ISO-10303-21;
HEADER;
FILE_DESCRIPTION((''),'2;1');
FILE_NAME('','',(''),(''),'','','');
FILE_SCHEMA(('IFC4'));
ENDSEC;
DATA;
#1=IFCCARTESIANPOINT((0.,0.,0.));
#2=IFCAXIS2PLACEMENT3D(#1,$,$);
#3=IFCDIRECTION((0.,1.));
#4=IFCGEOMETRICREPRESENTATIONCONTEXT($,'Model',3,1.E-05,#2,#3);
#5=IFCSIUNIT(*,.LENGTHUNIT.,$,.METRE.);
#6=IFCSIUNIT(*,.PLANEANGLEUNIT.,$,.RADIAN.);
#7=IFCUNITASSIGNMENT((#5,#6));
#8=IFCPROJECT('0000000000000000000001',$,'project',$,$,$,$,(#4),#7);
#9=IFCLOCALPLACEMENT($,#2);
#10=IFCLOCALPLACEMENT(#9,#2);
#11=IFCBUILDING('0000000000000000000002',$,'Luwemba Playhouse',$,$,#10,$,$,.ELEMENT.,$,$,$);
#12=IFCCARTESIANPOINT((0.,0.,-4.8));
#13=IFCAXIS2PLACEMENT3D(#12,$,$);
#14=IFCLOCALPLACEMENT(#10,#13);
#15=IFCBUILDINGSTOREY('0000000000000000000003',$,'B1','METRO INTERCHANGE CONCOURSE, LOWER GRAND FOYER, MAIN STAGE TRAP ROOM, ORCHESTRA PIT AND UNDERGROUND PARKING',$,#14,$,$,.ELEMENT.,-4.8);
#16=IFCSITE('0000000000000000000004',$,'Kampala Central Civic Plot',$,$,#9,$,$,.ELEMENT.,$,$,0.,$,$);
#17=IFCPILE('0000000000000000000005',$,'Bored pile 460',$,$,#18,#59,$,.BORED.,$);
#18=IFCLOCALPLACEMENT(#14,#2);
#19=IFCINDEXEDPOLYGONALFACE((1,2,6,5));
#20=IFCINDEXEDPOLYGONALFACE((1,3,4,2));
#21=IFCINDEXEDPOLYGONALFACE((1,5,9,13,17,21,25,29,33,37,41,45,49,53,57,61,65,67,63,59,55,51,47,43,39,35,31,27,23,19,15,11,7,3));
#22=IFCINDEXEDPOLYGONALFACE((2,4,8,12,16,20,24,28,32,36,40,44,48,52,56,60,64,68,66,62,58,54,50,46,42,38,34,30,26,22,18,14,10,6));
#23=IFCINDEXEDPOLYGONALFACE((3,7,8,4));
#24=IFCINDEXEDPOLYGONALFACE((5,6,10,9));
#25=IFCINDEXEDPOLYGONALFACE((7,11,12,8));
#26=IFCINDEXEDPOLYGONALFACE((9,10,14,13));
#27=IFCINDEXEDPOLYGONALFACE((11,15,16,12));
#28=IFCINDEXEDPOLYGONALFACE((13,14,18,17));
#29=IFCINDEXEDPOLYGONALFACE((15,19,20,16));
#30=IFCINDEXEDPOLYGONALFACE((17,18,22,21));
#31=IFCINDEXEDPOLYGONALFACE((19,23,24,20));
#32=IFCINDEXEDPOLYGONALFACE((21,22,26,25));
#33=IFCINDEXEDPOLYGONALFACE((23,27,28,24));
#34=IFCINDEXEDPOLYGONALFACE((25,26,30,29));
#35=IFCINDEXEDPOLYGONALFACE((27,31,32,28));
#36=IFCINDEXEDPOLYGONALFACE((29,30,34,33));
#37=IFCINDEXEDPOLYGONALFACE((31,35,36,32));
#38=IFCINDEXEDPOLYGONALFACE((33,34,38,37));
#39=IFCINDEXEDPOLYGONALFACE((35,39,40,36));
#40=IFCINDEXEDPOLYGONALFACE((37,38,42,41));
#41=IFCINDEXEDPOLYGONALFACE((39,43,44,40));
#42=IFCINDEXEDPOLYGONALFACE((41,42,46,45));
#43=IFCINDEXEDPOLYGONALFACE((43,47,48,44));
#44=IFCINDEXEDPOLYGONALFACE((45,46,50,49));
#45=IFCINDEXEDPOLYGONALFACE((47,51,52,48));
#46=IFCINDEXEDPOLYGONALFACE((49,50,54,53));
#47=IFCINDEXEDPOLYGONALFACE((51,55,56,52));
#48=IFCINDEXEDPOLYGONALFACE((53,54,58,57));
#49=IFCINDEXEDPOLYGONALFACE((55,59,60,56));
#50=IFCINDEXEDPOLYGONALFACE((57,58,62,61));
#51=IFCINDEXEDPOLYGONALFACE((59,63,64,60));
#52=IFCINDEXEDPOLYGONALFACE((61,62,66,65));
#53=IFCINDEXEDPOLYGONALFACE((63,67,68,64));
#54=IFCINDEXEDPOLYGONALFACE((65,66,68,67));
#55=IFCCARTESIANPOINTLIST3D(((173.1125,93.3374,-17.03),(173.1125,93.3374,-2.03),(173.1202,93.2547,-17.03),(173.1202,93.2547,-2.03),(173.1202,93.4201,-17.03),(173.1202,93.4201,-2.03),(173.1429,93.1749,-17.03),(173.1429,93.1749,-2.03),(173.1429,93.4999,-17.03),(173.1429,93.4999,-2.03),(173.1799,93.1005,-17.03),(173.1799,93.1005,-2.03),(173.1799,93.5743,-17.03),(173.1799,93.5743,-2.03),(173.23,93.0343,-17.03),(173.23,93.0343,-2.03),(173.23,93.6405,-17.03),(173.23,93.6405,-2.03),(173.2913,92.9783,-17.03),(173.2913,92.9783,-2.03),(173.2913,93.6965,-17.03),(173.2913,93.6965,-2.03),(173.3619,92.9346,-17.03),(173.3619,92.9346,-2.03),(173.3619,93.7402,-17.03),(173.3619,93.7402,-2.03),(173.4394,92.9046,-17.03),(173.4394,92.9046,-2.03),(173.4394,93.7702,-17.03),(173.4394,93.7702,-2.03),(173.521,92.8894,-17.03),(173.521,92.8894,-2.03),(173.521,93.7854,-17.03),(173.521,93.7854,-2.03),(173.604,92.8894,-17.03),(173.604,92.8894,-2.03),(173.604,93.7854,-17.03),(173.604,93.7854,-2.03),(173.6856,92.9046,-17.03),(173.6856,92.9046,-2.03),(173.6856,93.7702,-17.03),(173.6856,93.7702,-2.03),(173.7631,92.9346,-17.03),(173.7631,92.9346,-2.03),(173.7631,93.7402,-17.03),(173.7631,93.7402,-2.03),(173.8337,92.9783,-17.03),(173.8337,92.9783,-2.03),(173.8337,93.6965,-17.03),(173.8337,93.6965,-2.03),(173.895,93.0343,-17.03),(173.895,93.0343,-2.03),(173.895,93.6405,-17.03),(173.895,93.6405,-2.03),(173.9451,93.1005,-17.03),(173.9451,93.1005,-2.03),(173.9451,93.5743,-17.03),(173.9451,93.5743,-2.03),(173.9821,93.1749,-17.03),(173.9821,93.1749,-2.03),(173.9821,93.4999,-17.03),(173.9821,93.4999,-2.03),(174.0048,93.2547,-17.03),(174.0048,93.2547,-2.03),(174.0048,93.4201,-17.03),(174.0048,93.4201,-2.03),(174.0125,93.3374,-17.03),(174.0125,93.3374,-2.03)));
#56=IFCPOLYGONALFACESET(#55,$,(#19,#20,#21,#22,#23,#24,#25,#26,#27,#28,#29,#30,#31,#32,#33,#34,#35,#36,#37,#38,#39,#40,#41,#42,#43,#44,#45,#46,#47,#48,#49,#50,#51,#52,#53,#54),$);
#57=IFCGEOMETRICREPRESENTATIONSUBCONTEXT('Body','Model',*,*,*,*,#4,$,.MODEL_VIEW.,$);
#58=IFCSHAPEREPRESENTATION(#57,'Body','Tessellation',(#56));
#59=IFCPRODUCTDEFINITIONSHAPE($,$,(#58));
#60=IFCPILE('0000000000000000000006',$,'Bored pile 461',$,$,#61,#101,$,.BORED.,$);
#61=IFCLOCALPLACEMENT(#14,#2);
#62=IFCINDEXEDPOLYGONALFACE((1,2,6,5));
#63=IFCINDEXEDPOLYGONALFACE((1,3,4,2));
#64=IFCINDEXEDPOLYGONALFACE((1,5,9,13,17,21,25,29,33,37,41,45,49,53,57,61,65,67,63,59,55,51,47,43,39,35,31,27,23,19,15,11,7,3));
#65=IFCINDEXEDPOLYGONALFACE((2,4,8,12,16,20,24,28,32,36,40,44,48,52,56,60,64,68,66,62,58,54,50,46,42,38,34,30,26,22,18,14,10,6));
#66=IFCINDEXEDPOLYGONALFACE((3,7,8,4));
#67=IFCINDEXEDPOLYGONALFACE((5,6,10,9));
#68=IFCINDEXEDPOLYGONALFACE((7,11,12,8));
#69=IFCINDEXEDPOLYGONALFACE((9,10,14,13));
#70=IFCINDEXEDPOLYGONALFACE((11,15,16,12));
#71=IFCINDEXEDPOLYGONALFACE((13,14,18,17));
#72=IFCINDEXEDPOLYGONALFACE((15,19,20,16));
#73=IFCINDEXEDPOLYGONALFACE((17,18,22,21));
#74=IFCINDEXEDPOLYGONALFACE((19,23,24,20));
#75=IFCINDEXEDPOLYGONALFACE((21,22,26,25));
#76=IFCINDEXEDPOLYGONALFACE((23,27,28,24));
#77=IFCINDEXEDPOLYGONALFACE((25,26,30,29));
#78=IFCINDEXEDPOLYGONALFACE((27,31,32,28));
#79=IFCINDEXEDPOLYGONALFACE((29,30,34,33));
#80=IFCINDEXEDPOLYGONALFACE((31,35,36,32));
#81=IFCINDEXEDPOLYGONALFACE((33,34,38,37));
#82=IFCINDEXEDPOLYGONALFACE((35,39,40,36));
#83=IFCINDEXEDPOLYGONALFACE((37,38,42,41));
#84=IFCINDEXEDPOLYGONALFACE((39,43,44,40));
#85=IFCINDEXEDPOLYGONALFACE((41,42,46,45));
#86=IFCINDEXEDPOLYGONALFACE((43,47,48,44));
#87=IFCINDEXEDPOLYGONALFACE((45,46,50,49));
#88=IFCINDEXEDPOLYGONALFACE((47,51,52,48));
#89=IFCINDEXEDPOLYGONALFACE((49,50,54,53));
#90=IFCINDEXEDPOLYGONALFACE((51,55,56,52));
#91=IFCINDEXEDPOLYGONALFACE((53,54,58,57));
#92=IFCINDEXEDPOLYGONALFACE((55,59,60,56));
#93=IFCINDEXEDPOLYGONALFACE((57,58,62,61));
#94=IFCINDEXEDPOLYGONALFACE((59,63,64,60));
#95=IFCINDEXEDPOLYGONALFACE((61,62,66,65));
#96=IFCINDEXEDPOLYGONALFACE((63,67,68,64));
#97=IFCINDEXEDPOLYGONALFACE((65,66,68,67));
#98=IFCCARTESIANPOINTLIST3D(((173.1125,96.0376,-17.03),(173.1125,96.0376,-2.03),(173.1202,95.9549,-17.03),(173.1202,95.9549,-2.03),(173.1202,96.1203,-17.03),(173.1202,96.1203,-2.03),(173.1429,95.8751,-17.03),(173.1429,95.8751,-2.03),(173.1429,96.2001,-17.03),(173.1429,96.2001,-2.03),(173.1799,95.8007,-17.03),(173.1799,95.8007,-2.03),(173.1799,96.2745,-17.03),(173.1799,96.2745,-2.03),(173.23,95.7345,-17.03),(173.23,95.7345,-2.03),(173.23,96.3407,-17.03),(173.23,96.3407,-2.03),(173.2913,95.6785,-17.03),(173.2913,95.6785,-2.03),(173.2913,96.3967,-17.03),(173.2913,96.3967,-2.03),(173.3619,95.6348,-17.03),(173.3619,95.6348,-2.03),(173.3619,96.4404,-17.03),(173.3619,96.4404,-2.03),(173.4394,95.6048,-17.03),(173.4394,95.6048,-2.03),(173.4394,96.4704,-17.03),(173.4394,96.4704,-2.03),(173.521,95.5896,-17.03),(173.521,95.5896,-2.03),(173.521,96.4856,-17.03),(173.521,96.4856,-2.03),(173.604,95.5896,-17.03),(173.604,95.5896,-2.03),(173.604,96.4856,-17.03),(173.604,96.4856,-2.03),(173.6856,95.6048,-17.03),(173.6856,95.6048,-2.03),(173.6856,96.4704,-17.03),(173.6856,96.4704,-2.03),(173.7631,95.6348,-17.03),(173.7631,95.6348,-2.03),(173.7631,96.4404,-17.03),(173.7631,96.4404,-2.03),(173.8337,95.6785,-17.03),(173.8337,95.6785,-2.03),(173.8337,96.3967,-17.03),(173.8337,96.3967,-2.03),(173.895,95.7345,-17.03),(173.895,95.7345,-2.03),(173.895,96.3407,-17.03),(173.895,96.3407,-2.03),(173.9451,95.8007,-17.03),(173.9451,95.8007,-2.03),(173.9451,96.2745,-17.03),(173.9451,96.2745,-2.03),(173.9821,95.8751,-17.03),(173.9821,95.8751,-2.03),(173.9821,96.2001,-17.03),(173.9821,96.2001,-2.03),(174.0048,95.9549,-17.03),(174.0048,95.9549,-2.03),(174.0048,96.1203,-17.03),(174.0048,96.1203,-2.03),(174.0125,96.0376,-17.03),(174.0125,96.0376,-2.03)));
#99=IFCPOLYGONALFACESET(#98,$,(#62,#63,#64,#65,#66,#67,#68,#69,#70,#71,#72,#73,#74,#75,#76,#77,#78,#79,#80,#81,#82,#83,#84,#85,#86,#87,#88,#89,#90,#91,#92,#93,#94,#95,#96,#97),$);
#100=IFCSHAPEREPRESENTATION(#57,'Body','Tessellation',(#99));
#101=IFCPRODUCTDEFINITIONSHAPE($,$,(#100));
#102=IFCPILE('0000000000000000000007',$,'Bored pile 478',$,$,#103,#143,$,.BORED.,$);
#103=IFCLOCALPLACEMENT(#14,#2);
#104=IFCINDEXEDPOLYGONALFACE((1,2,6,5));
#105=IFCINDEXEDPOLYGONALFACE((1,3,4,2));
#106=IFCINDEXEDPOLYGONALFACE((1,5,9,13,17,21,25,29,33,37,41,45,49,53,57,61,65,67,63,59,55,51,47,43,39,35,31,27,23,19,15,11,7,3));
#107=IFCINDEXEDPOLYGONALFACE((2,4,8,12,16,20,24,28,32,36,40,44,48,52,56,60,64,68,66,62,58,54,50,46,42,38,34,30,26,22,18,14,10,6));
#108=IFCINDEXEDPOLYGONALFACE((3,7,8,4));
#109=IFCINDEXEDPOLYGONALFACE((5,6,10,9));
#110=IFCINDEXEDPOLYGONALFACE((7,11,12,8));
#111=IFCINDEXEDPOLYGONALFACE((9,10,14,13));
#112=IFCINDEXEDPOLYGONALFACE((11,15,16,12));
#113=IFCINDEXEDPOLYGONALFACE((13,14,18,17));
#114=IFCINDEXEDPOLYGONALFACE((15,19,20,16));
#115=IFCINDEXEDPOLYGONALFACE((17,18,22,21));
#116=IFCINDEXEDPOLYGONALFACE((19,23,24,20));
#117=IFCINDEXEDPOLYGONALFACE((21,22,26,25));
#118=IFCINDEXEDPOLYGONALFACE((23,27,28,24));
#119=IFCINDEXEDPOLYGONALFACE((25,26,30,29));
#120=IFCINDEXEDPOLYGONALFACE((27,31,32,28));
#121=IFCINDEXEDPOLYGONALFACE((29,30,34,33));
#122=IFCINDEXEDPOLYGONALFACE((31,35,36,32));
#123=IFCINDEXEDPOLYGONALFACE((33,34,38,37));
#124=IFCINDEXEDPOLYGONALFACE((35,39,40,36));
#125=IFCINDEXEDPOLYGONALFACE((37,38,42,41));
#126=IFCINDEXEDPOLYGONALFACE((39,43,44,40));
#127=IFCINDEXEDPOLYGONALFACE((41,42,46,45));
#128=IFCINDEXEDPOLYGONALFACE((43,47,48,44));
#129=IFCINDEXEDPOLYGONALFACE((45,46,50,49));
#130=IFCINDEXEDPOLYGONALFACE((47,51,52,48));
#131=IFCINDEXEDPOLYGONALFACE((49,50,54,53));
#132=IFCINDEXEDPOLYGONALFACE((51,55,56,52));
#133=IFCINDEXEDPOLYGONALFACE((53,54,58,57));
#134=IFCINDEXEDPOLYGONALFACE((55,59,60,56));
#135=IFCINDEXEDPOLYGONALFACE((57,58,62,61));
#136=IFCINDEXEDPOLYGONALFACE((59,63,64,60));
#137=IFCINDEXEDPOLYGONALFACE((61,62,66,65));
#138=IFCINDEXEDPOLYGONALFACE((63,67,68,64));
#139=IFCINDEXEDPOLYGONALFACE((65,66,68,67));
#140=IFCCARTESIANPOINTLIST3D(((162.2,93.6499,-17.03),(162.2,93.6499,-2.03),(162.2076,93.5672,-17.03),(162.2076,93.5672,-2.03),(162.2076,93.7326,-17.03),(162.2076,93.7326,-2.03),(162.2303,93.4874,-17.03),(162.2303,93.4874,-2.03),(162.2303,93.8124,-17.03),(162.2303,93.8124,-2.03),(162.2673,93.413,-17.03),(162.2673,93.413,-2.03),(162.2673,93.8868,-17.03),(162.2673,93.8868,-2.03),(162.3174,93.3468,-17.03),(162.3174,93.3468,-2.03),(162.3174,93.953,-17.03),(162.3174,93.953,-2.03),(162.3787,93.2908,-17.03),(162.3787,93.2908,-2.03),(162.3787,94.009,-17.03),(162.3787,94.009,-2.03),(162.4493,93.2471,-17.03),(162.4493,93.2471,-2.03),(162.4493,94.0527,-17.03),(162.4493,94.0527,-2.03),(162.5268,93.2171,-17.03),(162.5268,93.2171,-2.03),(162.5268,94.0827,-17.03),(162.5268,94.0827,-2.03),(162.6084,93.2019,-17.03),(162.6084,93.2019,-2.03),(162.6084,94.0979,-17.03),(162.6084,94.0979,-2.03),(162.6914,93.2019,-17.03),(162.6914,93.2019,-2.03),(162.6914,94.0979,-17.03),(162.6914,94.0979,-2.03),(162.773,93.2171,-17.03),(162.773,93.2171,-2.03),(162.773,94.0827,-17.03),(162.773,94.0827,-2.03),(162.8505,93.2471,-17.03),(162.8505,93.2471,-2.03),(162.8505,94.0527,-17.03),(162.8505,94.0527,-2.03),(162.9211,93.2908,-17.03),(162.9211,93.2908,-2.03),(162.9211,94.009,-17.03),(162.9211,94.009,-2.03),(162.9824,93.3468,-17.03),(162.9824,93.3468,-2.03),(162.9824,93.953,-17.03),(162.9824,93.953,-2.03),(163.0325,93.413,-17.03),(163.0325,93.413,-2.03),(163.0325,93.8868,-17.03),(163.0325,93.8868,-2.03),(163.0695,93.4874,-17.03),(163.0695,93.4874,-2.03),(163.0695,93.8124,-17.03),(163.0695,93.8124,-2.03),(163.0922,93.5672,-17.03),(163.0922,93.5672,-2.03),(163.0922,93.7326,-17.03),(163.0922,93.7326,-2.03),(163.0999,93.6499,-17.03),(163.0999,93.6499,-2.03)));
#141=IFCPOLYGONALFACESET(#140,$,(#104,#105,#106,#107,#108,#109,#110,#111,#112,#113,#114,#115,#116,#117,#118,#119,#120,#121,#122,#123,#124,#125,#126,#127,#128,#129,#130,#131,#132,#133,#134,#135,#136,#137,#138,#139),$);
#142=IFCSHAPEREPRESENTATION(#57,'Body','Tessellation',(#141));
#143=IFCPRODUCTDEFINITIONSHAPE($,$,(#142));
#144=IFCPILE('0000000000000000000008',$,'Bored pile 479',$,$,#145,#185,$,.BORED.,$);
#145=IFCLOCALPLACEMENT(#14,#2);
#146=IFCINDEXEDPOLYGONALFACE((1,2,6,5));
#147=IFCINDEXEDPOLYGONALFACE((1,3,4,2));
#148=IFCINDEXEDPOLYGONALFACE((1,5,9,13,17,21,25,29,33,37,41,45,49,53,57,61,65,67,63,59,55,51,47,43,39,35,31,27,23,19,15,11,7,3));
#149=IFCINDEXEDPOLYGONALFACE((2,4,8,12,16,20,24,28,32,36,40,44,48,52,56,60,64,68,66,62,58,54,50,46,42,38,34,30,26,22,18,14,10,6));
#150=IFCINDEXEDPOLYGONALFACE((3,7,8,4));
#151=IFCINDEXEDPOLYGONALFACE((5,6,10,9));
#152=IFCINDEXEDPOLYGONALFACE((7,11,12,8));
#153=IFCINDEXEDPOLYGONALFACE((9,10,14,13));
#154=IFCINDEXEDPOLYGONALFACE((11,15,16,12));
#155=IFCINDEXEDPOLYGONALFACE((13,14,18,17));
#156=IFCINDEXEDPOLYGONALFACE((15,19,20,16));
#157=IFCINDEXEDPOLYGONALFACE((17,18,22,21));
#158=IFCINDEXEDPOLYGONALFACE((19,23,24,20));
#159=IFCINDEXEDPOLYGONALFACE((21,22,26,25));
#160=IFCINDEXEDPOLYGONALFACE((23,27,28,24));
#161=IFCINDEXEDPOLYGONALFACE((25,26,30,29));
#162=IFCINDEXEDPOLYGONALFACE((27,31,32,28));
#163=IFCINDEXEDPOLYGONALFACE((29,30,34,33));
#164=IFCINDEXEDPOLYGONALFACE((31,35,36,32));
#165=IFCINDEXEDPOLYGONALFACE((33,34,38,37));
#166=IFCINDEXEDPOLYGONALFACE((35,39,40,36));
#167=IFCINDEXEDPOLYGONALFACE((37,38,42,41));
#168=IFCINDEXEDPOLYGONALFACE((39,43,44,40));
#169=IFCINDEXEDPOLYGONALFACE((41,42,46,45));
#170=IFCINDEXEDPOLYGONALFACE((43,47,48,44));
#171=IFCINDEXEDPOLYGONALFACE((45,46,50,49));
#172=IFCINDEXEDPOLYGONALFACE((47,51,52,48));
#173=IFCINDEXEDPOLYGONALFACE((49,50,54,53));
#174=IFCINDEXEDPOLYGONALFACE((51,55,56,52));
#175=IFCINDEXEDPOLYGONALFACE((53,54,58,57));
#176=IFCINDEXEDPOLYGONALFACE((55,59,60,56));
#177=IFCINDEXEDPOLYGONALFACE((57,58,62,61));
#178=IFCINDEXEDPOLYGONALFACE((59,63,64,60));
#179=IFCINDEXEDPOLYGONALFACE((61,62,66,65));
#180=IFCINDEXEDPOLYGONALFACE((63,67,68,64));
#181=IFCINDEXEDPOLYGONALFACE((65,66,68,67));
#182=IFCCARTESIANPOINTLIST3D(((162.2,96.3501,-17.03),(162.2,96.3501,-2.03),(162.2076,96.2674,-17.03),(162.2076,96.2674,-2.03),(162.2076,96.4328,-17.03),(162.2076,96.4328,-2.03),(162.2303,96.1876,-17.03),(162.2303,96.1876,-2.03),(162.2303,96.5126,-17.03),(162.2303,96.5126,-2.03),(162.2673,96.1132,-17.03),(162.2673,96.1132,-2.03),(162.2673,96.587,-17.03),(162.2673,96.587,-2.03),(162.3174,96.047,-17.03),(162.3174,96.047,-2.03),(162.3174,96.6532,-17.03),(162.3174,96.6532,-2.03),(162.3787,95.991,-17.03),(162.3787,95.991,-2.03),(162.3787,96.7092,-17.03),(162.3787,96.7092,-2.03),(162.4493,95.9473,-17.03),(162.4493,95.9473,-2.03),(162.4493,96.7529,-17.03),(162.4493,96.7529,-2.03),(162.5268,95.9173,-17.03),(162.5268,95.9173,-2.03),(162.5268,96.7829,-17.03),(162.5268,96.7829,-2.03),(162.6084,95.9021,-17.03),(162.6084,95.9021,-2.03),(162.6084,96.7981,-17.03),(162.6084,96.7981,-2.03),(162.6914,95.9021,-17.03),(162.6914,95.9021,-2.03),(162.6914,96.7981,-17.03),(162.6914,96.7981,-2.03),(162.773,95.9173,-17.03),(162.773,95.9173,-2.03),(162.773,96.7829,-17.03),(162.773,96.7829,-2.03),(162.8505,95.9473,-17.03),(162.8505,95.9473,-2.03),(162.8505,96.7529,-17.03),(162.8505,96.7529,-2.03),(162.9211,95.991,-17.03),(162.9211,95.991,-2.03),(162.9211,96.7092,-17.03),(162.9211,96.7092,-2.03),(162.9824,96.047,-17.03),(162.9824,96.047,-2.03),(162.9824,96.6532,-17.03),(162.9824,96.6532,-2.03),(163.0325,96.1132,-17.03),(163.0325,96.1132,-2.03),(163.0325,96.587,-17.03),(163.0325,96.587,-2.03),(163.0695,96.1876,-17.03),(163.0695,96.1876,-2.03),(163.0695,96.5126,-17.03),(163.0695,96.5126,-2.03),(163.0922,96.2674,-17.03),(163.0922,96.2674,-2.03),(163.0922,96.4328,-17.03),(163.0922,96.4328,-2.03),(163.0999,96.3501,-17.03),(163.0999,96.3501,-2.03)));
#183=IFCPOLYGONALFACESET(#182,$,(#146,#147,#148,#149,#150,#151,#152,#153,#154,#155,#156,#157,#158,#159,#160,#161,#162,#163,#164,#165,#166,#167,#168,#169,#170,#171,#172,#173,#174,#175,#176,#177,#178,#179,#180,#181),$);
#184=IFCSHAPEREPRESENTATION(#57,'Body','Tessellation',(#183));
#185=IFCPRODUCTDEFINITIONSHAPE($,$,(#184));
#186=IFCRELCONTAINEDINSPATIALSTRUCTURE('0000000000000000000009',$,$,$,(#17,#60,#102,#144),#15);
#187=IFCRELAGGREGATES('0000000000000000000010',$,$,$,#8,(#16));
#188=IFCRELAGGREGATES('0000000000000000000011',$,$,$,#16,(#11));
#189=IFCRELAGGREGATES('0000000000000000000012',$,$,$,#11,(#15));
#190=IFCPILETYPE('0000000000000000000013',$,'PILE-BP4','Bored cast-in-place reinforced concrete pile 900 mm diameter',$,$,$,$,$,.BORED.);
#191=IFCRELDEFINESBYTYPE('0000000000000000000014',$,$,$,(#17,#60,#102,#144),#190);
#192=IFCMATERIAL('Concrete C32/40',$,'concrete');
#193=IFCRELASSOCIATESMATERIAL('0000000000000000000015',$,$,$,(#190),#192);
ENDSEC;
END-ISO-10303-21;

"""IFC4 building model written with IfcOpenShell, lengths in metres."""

from ifc_helpers import new_model, si_unit, direction, frame, origin, origin_2d, place, context, subcontext, project, spatial, circle, extrude, material, material_profile, profile_set, type_object, element, save


model = new_model("IFC4")

# Units and contexts
model_context = context("Model", 3, precision=1e-05, world=origin(), true_north=direction((0.0, 1.0)))
body_context = subcontext(model_context, "Body", "Model", "MODEL_VIEW")
ifc_project = project(units=[si_unit("LENGTHUNIT", "METRE"), si_unit("PLANEANGLEUNIT", "RADIAN")], contexts=[model_context])

# Site, building, storey
site_placement = place(None, origin())
site = spatial("IfcSite", under=ifc_project, at=site_placement, Name="Kampala Central Civic Plot", CompositionType="ELEMENT", RefElevation=0.0)
building_placement = place(site_placement, origin())
building = spatial("IfcBuilding", under=site, at=building_placement, Name="Luwemba Playhouse", CompositionType="ELEMENT")
storey_placement = place(building_placement, frame((0.0, 0.0, -4.8)))
storey = spatial("IfcBuildingStorey", under=building, at=storey_placement, Name="B1", Description="METRO INTERCHANGE CONCOURSE, LOWER GRAND FOYER, MAIN STAGE TRAP ROOM, ORCHESTRA PIT AND UNDERGROUND PARKING", CompositionType="ELEMENT", Elevation=-4.8)

# Shared definitions
ifc_material_1 = material(Name="Concrete C32/40", Category="concrete")

# Piles
ifc_material_profile_1 = material_profile(ifc_material_1, circle(Radius=0.45, at=origin_2d()))
ifc_profile_set_1 = profile_set([ifc_material_profile_1], Name="Concrete C32/40")
pile_type_1 = type_object("IfcPileType", Name="PILE-BP4", Description="Bored cast-in-place reinforced concrete pile 900 mm diameter", PredefinedType="BORED", material=ifc_profile_set_1)
for number, where, z_axis, x_axis, name in (
    (1, (173.5625, 93.3374, -2.03), (0.0, 0.0, -1.0), (1.0, 0.0, 0.0), "Bored pile 460"),
    (2, (173.5625, 96.0376, -2.03), (0.0, 0.0, -1.0), (1.0, 0.0, 0.0), "Bored pile 461"),
    (3, (162.6499, 93.6499, -2.03), (0.0, 0.0, -1.0), (1.0, 0.0, 0.0), "Bored pile 478"),
    (4, (162.6499, 96.3501, -2.03), (0.0, 0.0, -1.0), (1.0, 0.0, 0.0), "Bored pile 479"),
):
    element("IfcPile", number, at=place(storey_placement, frame(where, z_axis=z_axis, x_axis=x_axis)), inside=storey, type_object=pile_type_1, Name=name, PredefinedType="BORED", context=body_context, shape_type="SweptSolid", body=[
        extrude(circle(Radius=0.45, at=origin_2d()), origin(), (0.0, 0.0, 1.0), 15.0),
    ])

save(model, "model.ifc")
